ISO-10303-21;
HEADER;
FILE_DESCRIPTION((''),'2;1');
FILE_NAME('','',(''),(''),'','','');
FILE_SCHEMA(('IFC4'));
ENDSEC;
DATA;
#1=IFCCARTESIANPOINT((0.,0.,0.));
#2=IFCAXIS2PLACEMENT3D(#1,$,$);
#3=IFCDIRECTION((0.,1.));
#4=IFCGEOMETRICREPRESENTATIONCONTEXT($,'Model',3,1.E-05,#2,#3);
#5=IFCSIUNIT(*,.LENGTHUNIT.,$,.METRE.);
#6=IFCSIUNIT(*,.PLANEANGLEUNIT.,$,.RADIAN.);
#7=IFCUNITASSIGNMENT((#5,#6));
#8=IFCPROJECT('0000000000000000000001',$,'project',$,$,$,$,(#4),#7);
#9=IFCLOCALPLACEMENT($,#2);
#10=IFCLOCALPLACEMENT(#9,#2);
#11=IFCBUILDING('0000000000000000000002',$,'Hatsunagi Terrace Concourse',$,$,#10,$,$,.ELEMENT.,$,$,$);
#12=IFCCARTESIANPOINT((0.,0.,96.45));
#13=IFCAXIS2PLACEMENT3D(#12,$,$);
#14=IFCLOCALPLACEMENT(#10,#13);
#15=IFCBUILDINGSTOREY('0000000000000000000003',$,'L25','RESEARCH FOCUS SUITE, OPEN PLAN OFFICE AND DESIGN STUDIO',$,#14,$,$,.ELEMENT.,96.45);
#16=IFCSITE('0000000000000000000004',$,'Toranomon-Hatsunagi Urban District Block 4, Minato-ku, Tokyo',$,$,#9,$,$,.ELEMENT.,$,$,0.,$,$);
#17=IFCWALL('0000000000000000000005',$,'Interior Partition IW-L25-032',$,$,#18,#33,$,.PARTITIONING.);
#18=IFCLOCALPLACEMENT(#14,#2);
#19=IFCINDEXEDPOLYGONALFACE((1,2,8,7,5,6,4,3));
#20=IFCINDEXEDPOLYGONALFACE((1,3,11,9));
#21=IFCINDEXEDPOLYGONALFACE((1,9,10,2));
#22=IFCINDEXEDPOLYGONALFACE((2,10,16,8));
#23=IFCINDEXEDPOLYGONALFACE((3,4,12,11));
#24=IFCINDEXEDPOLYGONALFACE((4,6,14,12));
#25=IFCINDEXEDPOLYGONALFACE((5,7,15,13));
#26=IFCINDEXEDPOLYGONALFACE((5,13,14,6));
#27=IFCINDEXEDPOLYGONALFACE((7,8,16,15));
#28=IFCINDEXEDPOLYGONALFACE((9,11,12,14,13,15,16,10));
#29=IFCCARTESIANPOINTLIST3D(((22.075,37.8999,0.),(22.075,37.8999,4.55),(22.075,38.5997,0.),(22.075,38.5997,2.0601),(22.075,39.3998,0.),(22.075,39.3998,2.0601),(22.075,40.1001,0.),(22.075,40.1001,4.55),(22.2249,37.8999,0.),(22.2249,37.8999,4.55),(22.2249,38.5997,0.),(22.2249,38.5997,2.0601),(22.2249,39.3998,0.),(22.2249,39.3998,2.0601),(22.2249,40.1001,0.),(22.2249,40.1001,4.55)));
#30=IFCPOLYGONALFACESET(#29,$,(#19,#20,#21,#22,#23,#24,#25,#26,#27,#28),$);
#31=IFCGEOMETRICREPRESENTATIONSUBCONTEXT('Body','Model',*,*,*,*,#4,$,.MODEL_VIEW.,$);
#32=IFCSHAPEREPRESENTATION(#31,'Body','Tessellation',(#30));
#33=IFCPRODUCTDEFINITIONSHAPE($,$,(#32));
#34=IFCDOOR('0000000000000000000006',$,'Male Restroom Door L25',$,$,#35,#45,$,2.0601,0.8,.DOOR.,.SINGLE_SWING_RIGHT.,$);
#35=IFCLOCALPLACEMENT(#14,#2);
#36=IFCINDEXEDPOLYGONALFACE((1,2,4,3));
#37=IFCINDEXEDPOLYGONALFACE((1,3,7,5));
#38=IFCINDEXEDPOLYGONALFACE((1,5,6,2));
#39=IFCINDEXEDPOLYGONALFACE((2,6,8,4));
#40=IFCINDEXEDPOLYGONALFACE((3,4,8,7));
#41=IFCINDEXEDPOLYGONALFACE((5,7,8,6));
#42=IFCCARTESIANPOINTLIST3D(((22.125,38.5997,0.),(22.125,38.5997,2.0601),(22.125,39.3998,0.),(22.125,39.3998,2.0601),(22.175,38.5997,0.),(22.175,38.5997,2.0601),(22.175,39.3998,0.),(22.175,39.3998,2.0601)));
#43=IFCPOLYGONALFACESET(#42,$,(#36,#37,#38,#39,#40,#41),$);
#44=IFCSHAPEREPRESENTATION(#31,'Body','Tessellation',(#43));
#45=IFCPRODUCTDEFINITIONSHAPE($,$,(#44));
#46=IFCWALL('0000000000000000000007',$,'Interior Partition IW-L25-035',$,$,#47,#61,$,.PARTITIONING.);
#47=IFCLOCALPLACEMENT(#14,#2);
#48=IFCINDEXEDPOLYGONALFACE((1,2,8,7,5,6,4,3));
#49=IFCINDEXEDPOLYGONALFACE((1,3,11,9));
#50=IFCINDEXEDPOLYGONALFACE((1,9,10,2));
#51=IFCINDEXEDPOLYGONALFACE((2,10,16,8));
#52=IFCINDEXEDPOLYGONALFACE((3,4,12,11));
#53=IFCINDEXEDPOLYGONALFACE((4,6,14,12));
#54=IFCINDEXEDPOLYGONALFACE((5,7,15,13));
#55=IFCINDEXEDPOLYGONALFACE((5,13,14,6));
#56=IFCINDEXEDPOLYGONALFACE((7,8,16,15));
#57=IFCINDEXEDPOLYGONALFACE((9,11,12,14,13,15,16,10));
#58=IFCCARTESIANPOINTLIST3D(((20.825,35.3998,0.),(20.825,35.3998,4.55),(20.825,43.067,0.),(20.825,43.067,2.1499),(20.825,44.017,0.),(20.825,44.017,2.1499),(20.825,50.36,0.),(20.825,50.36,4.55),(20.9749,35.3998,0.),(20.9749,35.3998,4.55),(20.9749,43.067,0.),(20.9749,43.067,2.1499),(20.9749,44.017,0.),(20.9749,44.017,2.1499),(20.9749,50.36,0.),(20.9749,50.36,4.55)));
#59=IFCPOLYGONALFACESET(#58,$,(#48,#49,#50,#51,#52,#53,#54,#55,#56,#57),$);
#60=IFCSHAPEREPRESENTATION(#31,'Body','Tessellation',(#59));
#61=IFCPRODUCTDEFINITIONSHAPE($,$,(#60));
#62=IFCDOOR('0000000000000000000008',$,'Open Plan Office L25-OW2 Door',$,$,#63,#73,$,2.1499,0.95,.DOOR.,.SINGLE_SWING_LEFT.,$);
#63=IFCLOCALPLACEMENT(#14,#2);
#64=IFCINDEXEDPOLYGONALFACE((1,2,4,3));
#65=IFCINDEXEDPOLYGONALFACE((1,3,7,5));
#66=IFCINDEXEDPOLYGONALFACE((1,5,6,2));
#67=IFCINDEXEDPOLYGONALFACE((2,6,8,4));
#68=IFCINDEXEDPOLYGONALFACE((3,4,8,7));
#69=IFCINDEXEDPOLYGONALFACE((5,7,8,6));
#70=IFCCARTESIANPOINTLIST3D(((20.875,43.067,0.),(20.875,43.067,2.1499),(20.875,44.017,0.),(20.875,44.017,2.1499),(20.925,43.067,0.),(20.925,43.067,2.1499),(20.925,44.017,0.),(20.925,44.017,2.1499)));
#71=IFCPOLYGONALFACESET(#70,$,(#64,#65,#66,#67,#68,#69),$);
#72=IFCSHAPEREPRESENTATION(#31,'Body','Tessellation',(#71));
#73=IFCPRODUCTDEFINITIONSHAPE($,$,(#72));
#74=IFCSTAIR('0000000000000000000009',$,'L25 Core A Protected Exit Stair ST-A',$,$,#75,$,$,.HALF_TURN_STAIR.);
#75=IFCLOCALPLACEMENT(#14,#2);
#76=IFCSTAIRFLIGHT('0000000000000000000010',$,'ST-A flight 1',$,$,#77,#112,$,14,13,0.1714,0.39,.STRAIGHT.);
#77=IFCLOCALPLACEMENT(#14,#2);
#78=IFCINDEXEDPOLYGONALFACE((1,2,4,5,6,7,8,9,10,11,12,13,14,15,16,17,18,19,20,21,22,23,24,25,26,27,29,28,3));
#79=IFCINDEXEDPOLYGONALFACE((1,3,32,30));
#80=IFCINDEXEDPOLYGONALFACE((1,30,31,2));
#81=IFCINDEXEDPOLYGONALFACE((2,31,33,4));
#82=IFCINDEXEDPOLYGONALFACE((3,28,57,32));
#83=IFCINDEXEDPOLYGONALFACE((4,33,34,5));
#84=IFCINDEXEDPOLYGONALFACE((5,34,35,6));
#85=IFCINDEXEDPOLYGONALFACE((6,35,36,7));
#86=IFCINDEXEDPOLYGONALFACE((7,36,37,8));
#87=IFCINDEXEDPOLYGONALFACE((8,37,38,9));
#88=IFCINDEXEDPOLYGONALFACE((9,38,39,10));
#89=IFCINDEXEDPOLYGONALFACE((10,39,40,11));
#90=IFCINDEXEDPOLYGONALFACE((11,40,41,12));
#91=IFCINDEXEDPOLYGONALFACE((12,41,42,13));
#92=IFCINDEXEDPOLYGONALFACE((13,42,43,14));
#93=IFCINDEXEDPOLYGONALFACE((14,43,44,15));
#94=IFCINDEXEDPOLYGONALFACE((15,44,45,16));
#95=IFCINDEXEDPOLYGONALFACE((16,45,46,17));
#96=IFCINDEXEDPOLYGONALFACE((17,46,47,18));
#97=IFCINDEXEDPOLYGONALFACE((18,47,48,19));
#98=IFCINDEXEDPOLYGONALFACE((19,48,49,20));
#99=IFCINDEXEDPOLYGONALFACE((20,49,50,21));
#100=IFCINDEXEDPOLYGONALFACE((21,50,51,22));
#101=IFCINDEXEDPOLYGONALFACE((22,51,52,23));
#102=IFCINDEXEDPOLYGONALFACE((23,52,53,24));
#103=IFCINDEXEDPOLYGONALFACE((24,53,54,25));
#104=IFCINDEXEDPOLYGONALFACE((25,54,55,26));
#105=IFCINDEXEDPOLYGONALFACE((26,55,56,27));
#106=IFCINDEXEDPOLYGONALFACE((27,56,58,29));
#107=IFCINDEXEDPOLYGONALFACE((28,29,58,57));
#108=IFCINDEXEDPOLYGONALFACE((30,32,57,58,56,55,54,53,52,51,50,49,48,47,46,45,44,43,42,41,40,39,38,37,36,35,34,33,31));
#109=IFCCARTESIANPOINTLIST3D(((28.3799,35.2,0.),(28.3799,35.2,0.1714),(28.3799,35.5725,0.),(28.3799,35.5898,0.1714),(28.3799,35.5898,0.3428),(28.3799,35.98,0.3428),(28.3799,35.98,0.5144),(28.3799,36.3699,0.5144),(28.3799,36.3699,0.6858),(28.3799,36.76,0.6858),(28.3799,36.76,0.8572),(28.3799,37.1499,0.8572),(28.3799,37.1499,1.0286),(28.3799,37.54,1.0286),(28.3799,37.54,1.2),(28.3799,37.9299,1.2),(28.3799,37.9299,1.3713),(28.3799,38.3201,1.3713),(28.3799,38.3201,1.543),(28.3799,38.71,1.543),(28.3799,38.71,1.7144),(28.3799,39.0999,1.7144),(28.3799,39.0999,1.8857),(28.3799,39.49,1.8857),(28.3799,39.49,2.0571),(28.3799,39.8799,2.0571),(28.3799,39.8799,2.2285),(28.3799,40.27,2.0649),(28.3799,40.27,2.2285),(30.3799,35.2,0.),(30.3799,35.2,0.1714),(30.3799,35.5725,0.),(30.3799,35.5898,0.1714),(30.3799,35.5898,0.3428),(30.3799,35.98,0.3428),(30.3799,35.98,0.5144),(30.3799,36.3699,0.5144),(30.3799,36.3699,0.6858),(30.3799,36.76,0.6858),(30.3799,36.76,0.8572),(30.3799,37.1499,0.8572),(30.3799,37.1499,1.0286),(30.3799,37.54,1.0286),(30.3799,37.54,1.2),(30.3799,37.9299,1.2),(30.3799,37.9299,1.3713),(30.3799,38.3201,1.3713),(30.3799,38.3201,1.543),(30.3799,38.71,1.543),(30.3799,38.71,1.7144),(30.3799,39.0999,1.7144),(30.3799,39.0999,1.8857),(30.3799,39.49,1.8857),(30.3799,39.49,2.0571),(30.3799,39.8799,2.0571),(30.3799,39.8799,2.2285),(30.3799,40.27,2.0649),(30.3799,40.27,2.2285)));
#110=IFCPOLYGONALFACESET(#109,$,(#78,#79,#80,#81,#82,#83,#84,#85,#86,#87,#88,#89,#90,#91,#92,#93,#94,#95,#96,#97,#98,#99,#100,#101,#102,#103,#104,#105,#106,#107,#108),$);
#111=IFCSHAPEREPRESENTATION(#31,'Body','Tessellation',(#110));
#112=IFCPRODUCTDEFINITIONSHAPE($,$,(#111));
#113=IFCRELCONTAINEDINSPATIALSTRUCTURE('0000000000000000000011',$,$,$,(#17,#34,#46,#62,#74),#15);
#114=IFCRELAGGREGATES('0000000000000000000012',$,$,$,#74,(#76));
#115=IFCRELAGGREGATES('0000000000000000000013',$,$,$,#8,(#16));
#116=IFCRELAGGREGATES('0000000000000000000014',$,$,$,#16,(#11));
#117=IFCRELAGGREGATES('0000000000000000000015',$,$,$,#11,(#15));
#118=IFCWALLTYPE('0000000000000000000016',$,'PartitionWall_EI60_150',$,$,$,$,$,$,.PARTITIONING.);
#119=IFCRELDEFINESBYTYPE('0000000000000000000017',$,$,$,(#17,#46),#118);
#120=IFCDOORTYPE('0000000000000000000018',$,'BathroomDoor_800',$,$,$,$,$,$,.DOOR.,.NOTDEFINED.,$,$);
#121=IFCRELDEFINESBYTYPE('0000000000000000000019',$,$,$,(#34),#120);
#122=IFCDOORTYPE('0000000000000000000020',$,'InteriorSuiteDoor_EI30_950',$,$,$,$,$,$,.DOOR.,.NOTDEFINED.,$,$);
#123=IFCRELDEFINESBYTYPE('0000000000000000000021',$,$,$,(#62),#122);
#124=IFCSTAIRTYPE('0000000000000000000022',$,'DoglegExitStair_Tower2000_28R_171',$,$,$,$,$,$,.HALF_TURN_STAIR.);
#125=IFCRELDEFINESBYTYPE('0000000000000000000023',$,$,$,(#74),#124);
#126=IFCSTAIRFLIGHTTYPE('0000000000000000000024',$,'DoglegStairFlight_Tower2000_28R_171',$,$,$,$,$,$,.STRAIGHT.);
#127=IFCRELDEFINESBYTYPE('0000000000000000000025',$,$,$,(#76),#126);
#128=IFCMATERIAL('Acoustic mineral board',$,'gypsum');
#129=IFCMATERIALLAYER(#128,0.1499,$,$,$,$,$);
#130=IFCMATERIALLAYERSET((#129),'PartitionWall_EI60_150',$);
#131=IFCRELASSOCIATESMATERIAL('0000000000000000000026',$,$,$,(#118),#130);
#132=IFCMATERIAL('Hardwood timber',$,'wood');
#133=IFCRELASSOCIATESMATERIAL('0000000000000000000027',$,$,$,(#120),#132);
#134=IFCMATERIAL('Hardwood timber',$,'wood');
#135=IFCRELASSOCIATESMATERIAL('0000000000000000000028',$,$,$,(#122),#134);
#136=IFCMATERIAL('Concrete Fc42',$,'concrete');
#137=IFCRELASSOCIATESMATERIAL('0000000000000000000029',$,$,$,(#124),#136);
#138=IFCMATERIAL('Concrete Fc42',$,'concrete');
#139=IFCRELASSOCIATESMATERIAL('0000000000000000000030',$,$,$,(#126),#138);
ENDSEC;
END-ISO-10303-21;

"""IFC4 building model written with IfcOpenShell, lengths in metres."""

from ifc_helpers import new_model, si_unit, direction, frame, frame_2d, origin, place, context, subcontext, project, spatial, polyline, rectangle, outline, extrude, material, layer, layer_set, type_object, element, fill, aggregate, save


model = new_model("IFC4")

# Units and contexts
model_context = context("Model", 3, precision=1e-05, world=origin(), true_north=direction((0.0, 1.0)))
body_context = subcontext(model_context, "Body", "Model", "MODEL_VIEW")
ifc_project = project(units=[si_unit("LENGTHUNIT", "METRE"), si_unit("PLANEANGLEUNIT", "RADIAN")], contexts=[model_context])

# Site, building, storey
site_placement = place(None, origin())
site = spatial("IfcSite", under=ifc_project, at=site_placement, Name="Toranomon-Hatsunagi Urban District Block 4, Minato-ku, Tokyo", CompositionType="ELEMENT", RefElevation=0.0)
building_placement = place(site_placement, origin())
building = spatial("IfcBuilding", under=site, at=building_placement, Name="Hatsunagi Terrace Concourse", CompositionType="ELEMENT")
storey_placement = place(building_placement, frame((0.0, 0.0, 96.45)))
storey = spatial("IfcBuildingStorey", under=building, at=storey_placement, Name="L25", Description="RESEARCH FOCUS SUITE, OPEN PLAN OFFICE AND DESIGN STUDIO", CompositionType="ELEMENT", Elevation=96.45)

# Shared definitions
ifc_material_1 = material(Name="Acoustic mineral board", Category="gypsum")
ifc_layer_1 = layer(ifc_material_1, 0.1499)
ifc_layer_set_1 = layer_set([ifc_layer_1], Name="PartitionWall_EI60_150")
wall_type_1 = type_object("IfcWallType", Name="PartitionWall_EI60_150", PredefinedType="PARTITIONING", material=ifc_layer_set_1)

# Walls, openings, doors
ifc_material_2 = material(Name="Hardwood timber", Category="wood")
door_type_1 = type_object("IfcDoorType", Name="BathroomDoor_800", OperationType="NOTDEFINED", PredefinedType="DOOR", material=ifc_material_2)
wall_1_placement = place(storey_placement, frame((22.1499, 37.8999, 0.0), z_axis=(0.0, 0.0, 1.0), x_axis=(0.0, 1.0, 0.0)))
wall_1 = element("IfcWall", 1, at=wall_1_placement, inside=storey, type_object=wall_type_1, Name="Interior Partition IW-L25-032", PredefinedType="PARTITIONING", context=body_context, shape_type="SweptSolid", body=[
    extrude(rectangle(XDim=2.2002, YDim=0.1499, at=frame_2d((1.1001, 0.0))), origin(), (0.0, 0.0, 1.0), 4.55),
])
opening_1_placement = place(wall_1_placement, frame((0.7, 0.0, 0.0)))
opening_1 = element("IfcOpeningElement", 2, at=opening_1_placement, cuts=wall_1, PredefinedType="OPENING", context=body_context, shape_type="SweptSolid", body=[
    extrude(rectangle(XDim=0.8, YDim=2.0601, at=frame_2d((0.3999, 1.03))), frame((0.0, 0.085, 0.0), z_axis=(0.0, -1.0, 0.0), x_axis=(1.0, 0.0, 0.0)), (0.0, 0.0, 1.0), 0.1699),
])
door_1_placement = place(opening_1_placement, origin())
door_1 = element("IfcDoor", 3, at=door_1_placement, inside=storey, type_object=door_type_1, Name="Male Restroom Door L25", OperationType="SINGLE_SWING_RIGHT", OverallHeight=2.0601, OverallWidth=0.8, PredefinedType="DOOR", context=body_context, shape_type="SweptSolid", body=[
    extrude(rectangle(XDim=0.8, YDim=2.0601, at=frame_2d((0.3999, 1.03))), frame((0.0, 0.0249, 0.0), z_axis=(0.0, -1.0, 0.0), x_axis=(1.0, 0.0, 0.0)), (0.0, 0.0, 1.0), 0.05),
])
fill(opening_1, door_1)
wall_2_placement = place(storey_placement, frame((20.8999, 35.3999, 0.0), z_axis=(0.0, 0.0, 1.0), x_axis=(0.0, 1.0, 0.0)))
wall_2 = element("IfcWall", 4, at=wall_2_placement, inside=storey, type_object=wall_type_1, Name="Interior Partition IW-L25-035", PredefinedType="PARTITIONING", context=body_context, shape_type="SweptSolid", body=[
    extrude(rectangle(XDim=14.9602, YDim=0.1499, at=frame_2d((7.48, 0.0))), origin(), (0.0, 0.0, 1.0), 4.55),
])
opening_2_placement = place(wall_2_placement, frame((7.667, 0.0, 0.0)))
opening_2 = element("IfcOpeningElement", 5, at=opening_2_placement, cuts=wall_2, PredefinedType="OPENING", context=body_context, shape_type="SweptSolid", body=[
    extrude(rectangle(XDim=0.95, YDim=2.1499, at=frame_2d((0.4751, 1.075))), frame((0.0, 0.085, 0.0), z_axis=(0.0, -1.0, 0.0), x_axis=(1.0, 0.0, 0.0)), (0.0, 0.0, 1.0), 0.1699),
])
ifc_material_3 = material(Name="Hardwood timber", Category="wood")
door_type_2 = type_object("IfcDoorType", Name="InteriorSuiteDoor_EI30_950", OperationType="NOTDEFINED", PredefinedType="DOOR", material=ifc_material_3)
door_2_placement = place(opening_2_placement, origin())
door_2 = element("IfcDoor", 6, at=door_2_placement, inside=storey, type_object=door_type_2, Name="Open Plan Office L25-OW2 Door", OperationType="SINGLE_SWING_LEFT", OverallHeight=2.1499, OverallWidth=0.95, PredefinedType="DOOR", context=body_context, shape_type="SweptSolid", body=[
    extrude(rectangle(XDim=0.95, YDim=2.1499, at=frame_2d((0.4751, 1.075))), frame((0.0, 0.0249, 0.0), z_axis=(0.0, -1.0, 0.0), x_axis=(1.0, 0.0, 0.0)), (0.0, 0.0, 1.0), 0.05),
])
fill(opening_2, door_2)

# Stair, stair flight
ifc_material_4 = material(Name="Concrete Fc42", Category="concrete")
stair_type = type_object("IfcStairType", Name="DoglegExitStair_Tower2000_28R_171", PredefinedType="HALF_TURN_STAIR", material=ifc_material_4)
stair_placement = place(storey_placement, origin())
stair = element("IfcStair", 7, at=stair_placement, inside=storey, type_object=stair_type, Name="L25 Core A Protected Exit Stair ST-A", PredefinedType="HALF_TURN_STAIR")
ifc_material_5 = material(Name="Concrete Fc42", Category="concrete")
stair_flight_type = type_object("IfcStairFlightType", Name="DoglegStairFlight_Tower2000_28R_171", PredefinedType="STRAIGHT", material=ifc_material_5)
stair_flight_placement = place(storey_placement, frame((29.3799, 35.2, 0.0), z_axis=(0.0, 0.0, 1.0), x_axis=(0.0, 1.0, 0.0)))
stair_flight = element("IfcStairFlight", 8, at=stair_flight_placement, type_object=stair_flight_type, Name="ST-A flight 1", NumberOfRisers=14, NumberOfTreads=13, PredefinedType="STRAIGHT", RiserHeight=0.1714, TreadLength=0.39, context=body_context, shape_type="SweptSolid", body=[
    extrude(outline(polyline([(0.0, 0.0), (0.0, 0.1714), (0.3899, 0.1714), (0.3899, 0.3428), (0.78, 0.3428), (0.78, 0.5144), (1.1699, 0.5144), (1.1699, 0.6858), (1.5601, 0.6858), (1.5601, 0.8572), (1.95, 0.8572), (1.95, 1.0286), (2.3401, 1.0286), (2.3401, 1.2), (2.73, 1.2), (2.73, 1.3713), (3.1201, 1.3713), (3.1201, 1.543), (3.51, 1.543), (3.51, 1.7144), (3.8999, 1.7144), (3.8999, 1.8857), (4.29, 1.8857), (4.29, 2.0571), (4.6799, 2.0571), (4.6799, 2.2285), (5.0701, 2.2285), (5.0701, 2.3999), (5.0701, 2.0649), (0.3726, 0.0), (0.0, 0.0)])), frame((0.0, 1.0, 0.0), z_axis=(0.0, -1.0, 0.0), x_axis=(1.0, 0.0, 0.0)), (0.0, 0.0, 1.0), 2.0),
])
aggregate(stair, [stair_flight])

save(model, "model.ifc")
